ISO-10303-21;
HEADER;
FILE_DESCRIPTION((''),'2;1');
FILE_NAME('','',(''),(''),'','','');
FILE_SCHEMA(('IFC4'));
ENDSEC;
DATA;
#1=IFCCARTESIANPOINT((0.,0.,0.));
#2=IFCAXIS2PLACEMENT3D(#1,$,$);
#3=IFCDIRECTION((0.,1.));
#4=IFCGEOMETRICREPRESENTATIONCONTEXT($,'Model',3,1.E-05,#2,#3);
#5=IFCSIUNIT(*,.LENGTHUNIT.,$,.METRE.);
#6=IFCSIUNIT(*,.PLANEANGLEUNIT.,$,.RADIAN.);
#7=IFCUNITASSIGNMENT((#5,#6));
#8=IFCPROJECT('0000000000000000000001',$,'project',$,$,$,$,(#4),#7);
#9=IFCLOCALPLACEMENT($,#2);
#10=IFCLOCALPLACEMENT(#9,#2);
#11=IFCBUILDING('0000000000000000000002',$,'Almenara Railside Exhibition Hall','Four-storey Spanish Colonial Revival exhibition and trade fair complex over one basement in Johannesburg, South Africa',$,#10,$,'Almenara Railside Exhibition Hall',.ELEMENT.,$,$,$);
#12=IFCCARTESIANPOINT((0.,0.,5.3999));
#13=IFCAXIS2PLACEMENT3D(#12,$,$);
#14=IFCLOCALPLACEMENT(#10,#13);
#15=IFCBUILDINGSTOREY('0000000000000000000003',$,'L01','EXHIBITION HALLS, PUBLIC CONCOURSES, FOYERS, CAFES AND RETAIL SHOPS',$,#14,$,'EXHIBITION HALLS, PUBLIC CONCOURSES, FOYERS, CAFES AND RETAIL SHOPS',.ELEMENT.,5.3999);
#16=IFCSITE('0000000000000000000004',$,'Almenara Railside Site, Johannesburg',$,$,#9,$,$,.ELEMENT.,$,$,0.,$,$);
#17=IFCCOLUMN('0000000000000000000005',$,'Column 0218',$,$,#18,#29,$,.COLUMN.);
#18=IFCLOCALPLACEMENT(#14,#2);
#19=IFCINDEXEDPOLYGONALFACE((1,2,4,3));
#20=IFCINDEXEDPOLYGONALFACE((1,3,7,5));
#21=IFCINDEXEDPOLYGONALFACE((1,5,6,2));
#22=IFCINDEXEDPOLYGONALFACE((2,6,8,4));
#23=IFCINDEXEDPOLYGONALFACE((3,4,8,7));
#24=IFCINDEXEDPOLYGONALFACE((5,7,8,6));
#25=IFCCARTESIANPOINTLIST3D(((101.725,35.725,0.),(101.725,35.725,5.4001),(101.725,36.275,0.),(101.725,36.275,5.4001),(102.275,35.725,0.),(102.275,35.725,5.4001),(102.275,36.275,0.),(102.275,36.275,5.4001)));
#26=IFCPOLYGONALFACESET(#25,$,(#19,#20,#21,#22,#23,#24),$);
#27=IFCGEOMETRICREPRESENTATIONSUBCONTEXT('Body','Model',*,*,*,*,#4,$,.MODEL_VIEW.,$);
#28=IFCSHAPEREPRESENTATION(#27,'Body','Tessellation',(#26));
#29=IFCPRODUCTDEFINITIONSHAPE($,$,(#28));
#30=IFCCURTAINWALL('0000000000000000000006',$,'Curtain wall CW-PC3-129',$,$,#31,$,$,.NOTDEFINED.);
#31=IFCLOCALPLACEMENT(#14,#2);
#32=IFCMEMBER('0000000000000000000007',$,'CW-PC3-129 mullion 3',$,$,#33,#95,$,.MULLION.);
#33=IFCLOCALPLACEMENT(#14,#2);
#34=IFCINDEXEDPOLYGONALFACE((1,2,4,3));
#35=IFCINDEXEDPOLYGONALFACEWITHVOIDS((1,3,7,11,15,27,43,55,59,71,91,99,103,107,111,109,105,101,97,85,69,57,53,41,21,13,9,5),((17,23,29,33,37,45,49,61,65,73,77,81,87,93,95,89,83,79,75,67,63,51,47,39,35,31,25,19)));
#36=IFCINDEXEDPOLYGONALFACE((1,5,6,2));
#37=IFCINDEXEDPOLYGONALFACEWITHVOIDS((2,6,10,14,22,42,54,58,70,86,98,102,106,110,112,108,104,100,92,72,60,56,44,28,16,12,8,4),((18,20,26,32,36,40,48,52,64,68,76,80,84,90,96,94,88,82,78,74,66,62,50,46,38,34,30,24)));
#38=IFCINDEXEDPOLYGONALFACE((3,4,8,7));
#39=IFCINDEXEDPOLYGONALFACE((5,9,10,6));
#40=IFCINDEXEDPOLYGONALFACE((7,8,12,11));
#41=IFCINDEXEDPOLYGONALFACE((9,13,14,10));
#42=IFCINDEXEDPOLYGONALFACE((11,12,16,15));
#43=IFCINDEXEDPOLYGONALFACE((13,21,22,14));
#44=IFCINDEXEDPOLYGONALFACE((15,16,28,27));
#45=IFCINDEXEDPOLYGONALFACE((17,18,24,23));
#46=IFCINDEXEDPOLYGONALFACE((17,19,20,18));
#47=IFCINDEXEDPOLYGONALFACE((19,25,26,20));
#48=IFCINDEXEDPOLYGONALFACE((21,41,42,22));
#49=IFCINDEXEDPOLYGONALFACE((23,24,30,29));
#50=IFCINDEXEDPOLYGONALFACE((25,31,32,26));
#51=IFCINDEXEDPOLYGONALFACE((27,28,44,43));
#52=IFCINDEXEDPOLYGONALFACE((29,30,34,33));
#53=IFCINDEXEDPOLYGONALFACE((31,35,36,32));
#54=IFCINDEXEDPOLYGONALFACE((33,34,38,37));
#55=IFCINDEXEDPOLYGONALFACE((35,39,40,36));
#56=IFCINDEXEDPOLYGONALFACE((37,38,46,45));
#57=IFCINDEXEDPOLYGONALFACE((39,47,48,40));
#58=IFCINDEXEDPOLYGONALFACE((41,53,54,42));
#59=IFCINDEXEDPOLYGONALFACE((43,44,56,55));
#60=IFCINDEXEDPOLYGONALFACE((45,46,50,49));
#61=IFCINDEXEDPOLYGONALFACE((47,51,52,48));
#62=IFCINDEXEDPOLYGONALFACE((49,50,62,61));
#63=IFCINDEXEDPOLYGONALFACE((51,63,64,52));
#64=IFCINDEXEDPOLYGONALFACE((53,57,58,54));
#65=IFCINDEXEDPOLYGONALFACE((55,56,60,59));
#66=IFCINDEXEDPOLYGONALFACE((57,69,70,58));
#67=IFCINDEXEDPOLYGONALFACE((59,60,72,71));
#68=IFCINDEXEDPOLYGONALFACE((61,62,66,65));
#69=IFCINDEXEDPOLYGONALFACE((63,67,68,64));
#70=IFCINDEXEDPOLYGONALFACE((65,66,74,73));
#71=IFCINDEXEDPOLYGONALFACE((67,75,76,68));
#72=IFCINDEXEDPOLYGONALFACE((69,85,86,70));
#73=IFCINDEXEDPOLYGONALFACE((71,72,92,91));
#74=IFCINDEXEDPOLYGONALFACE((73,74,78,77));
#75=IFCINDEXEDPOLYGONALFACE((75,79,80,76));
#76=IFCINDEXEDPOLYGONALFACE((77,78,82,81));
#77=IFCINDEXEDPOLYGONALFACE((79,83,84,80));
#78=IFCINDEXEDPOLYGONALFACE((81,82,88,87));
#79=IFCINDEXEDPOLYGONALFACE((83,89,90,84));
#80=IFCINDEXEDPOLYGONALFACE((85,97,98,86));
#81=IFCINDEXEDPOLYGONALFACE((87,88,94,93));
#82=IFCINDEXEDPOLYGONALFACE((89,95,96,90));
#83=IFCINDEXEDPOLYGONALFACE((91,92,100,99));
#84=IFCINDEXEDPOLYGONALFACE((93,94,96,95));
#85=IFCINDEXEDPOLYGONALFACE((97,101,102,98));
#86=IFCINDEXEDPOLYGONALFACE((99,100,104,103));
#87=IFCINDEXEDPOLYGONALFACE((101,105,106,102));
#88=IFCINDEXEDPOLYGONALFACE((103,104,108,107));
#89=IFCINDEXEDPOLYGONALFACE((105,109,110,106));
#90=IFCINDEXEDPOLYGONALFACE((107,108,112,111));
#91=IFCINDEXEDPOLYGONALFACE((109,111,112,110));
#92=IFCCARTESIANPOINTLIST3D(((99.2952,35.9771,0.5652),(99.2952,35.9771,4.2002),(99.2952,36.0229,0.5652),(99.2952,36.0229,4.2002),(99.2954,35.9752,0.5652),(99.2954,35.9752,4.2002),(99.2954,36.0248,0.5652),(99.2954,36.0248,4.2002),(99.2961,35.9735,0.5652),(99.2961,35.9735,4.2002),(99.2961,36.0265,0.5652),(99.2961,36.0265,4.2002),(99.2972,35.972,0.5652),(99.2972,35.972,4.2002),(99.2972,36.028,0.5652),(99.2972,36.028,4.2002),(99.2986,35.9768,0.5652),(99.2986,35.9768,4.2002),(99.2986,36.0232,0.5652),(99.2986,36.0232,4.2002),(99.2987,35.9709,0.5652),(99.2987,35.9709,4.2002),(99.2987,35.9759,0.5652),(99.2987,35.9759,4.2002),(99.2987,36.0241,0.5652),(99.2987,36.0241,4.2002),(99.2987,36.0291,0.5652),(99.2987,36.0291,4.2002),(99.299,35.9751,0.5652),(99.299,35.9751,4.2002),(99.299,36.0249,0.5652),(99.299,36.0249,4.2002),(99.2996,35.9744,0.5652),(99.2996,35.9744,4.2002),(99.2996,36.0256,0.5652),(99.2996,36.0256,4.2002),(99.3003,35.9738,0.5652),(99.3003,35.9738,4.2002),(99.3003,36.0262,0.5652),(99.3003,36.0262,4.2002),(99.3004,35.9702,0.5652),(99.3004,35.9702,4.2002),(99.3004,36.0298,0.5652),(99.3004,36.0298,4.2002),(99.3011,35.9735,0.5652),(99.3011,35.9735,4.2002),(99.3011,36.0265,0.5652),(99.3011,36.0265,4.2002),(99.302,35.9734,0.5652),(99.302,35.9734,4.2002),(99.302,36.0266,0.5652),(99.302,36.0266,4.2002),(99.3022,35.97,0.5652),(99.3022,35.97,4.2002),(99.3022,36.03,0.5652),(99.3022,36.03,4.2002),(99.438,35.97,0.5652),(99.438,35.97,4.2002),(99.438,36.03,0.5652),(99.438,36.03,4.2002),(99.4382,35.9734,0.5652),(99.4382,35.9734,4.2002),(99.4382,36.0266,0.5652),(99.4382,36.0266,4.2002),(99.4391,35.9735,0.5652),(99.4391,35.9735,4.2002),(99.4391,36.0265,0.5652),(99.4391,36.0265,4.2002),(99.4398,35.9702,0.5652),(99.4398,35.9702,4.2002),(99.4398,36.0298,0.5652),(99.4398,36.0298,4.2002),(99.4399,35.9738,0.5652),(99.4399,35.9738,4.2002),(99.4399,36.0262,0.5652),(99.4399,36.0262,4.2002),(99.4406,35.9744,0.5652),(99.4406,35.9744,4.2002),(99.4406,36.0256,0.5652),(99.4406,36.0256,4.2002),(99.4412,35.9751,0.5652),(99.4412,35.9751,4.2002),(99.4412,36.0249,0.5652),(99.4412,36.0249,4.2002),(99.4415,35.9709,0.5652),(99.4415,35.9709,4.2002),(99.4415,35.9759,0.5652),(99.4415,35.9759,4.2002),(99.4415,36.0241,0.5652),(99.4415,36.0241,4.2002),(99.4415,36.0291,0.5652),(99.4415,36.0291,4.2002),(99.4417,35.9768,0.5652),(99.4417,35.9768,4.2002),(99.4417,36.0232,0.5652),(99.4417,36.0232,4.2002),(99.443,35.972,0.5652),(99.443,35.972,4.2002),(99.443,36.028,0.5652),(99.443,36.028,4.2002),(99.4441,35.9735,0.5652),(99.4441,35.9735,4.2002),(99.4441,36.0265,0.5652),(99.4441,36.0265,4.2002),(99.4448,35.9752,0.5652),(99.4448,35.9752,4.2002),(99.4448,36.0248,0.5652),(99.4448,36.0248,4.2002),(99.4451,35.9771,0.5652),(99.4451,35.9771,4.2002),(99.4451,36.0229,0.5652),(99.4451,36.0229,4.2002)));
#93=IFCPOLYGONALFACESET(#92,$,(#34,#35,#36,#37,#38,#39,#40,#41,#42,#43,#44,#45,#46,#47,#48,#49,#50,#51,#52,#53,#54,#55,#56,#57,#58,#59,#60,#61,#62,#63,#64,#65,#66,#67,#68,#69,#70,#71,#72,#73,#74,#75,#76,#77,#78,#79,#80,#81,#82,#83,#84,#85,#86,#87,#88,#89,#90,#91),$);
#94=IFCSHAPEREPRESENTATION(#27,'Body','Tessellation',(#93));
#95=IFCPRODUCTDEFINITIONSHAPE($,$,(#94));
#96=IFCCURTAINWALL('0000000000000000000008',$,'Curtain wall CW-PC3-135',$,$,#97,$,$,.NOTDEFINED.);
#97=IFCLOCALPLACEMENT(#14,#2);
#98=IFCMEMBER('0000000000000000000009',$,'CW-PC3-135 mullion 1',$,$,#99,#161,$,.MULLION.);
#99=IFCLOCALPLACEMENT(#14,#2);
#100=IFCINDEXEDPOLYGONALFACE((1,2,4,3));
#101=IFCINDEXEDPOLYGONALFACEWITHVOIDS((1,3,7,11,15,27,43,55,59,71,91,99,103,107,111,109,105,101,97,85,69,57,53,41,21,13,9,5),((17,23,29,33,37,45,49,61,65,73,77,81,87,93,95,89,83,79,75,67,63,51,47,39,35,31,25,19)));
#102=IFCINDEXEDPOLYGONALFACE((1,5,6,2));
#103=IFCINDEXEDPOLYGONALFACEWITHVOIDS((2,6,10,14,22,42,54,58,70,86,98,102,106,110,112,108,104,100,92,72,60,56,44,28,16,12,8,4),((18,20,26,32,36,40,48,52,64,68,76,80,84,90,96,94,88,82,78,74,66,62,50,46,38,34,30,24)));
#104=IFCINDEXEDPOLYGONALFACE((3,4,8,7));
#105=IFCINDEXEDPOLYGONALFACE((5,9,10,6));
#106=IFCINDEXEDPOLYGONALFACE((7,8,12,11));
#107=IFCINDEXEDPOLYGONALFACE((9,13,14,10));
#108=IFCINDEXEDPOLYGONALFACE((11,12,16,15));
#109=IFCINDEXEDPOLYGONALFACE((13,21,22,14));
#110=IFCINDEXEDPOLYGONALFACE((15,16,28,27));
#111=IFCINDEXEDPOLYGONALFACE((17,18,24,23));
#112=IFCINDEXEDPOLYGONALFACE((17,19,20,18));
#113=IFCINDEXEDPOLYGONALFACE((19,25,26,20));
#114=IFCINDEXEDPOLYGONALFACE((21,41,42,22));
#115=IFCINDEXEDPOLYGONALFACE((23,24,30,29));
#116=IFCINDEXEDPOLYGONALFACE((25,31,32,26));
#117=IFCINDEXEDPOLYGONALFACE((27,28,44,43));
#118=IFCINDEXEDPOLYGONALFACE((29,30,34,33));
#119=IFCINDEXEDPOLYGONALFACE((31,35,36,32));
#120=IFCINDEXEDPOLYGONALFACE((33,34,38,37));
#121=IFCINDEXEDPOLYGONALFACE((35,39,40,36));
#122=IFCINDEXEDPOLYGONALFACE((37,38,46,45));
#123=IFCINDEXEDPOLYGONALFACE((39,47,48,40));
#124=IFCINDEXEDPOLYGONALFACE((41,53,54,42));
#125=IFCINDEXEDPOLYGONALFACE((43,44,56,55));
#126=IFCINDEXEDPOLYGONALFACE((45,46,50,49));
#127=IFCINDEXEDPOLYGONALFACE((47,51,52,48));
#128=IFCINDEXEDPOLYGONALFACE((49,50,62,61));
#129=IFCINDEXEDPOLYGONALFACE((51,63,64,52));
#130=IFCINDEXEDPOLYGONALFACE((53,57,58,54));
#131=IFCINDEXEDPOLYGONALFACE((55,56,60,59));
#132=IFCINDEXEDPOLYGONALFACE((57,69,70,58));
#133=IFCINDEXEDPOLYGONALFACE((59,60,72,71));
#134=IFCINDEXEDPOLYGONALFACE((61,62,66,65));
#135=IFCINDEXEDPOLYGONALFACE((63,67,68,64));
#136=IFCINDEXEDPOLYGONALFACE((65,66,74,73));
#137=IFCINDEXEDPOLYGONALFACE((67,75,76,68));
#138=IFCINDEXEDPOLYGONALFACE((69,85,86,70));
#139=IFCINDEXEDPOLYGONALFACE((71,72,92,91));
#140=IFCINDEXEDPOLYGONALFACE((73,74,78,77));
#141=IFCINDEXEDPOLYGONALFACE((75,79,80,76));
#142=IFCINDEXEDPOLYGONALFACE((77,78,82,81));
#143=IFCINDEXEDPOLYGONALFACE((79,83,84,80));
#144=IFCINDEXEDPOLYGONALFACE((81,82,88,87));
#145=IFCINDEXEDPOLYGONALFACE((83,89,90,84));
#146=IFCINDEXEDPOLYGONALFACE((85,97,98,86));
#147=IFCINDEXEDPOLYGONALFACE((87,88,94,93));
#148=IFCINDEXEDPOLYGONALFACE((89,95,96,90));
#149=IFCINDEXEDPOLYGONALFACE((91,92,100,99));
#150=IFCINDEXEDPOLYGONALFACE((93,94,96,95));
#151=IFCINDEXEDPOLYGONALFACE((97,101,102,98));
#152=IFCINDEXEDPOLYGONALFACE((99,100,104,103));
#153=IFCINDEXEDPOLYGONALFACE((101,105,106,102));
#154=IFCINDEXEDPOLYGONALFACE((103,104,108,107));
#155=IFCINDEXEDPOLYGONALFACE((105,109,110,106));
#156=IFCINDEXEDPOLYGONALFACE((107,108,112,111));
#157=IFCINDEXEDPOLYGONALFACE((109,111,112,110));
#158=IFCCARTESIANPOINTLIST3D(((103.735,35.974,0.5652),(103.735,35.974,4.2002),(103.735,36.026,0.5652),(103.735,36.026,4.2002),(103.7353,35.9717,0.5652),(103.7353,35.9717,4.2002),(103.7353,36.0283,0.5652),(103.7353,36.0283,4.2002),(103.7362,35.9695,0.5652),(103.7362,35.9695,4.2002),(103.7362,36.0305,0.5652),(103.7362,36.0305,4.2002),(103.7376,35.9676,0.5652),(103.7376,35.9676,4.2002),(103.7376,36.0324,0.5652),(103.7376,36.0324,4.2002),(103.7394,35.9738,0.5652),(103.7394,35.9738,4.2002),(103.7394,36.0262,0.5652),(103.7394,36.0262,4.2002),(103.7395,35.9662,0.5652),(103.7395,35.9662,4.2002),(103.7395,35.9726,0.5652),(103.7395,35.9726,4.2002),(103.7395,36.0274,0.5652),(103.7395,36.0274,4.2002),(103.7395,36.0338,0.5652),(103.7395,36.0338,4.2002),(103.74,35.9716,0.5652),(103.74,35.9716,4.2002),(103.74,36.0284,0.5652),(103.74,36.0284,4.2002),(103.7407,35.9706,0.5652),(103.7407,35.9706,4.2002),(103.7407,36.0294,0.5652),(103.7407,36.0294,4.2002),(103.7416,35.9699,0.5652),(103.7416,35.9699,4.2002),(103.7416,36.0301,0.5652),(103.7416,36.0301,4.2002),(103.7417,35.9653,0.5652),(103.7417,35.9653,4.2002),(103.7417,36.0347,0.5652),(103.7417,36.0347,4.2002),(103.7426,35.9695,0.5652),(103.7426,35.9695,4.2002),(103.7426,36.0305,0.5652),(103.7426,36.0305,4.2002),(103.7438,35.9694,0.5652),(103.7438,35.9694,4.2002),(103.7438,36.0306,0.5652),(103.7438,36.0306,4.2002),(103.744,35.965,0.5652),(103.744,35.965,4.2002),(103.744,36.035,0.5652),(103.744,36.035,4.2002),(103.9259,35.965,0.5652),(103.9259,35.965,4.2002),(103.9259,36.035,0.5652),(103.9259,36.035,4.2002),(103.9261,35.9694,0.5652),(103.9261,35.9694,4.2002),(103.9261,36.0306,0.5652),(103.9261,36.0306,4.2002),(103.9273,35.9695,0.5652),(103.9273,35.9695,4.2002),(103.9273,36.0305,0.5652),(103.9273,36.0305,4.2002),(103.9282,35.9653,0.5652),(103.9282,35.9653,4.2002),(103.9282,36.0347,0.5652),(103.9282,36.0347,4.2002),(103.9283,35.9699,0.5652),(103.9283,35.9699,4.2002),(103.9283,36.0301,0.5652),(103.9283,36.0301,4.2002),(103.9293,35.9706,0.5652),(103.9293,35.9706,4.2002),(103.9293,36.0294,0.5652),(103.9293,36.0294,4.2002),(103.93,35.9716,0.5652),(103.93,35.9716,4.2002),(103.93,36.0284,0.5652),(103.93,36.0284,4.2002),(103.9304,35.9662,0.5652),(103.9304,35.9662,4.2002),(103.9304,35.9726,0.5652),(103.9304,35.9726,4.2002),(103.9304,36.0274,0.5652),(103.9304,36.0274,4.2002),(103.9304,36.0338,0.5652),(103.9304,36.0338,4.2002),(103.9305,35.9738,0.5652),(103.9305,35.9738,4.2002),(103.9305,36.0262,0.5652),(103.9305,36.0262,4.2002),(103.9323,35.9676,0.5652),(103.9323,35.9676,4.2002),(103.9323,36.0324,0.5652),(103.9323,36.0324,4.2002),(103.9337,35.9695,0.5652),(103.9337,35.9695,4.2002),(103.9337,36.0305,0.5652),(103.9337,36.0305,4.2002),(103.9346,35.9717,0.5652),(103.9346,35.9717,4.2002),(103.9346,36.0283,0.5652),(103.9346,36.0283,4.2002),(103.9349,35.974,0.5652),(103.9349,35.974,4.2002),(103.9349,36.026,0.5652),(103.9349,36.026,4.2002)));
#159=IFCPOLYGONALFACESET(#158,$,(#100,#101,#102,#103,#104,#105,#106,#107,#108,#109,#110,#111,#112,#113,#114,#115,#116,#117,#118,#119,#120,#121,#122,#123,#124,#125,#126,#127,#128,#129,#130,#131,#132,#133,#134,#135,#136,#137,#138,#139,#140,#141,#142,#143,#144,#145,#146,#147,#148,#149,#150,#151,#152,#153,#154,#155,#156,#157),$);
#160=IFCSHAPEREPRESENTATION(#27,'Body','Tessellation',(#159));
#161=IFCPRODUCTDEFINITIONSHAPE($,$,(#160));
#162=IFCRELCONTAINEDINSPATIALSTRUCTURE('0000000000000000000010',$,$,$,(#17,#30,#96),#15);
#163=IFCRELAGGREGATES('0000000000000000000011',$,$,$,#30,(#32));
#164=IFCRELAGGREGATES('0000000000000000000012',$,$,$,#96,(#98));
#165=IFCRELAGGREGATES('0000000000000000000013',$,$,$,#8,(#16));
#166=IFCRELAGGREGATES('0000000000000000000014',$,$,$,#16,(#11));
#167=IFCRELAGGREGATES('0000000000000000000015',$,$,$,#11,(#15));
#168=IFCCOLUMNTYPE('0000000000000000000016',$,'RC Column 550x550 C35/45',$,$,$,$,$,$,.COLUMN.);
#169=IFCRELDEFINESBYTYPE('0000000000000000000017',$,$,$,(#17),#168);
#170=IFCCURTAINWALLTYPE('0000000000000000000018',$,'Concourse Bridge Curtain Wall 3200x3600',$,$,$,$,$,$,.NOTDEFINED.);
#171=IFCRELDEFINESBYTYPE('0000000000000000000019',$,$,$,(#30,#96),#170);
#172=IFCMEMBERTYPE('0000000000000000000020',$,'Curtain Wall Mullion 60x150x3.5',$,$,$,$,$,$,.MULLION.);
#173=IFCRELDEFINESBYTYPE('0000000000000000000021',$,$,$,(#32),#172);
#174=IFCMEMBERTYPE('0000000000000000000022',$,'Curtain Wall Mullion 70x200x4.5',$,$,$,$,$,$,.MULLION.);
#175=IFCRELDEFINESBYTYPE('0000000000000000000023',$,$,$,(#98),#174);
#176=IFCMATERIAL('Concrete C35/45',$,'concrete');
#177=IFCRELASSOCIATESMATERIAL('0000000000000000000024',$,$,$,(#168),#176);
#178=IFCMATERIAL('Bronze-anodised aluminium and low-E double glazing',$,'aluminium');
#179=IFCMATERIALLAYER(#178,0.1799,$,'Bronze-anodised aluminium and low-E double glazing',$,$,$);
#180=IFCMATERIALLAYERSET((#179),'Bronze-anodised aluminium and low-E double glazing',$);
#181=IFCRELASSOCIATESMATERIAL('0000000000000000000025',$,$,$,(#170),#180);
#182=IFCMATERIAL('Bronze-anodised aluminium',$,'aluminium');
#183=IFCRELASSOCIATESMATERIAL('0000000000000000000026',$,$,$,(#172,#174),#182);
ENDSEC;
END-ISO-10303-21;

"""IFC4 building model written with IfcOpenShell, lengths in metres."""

from ifc_helpers import new_model, si_unit, direction, frame, origin, origin_2d, place, context, subcontext, project, spatial, rectangle, hollow_rectangle, extrude, material, layer, layer_set, material_profile, profile_set, type_object, element, aggregate, save


model = new_model("IFC4")

# Units and contexts
model_context = context("Model", 3, precision=1e-05, world=origin(), true_north=direction((0.0, 1.0)))
body_context = subcontext(model_context, "Body", "Model", "MODEL_VIEW")
ifc_project = project(units=[si_unit("LENGTHUNIT", "METRE"), si_unit("PLANEANGLEUNIT", "RADIAN")], contexts=[model_context])

# Site, building, storey
site_placement = place(None, origin())
site = spatial("IfcSite", under=ifc_project, at=site_placement, Name="Almenara Railside Site, Johannesburg", CompositionType="ELEMENT", RefElevation=0.0)
building_placement = place(site_placement, origin())
building = spatial("IfcBuilding", under=site, at=building_placement, Name="Almenara Railside Exhibition Hall", Description="Four-storey Spanish Colonial Revival exhibition and trade fair complex over one basement in Johannesburg, South Africa", LongName="Almenara Railside Exhibition Hall", CompositionType="ELEMENT")
storey_placement = place(building_placement, frame((0.0, 0.0, 5.3999)))
storey = spatial("IfcBuildingStorey", under=building, at=storey_placement, Name="L01", Description="EXHIBITION HALLS, PUBLIC CONCOURSES, FOYERS, CAFES AND RETAIL SHOPS", LongName="EXHIBITION HALLS, PUBLIC CONCOURSES, FOYERS, CAFES AND RETAIL SHOPS", CompositionType="ELEMENT", Elevation=5.3999)

# Column
ifc_material_1 = material(Name="Concrete C35/45", Category="concrete")
ifc_material_profile_1 = material_profile(ifc_material_1, rectangle(XDim=0.55, YDim=0.55, at=origin_2d()), Name="RC 550x550")
ifc_profile_set_1 = profile_set([ifc_material_profile_1], Name="Concrete C35/45")
column_type = type_object("IfcColumnType", Name="RC Column 550x550 C35/45", PredefinedType="COLUMN", material=ifc_profile_set_1)
column_placement = place(storey_placement, frame((102.0, 36.0, 0.0), z_axis=(0.0, 0.0, 1.0), x_axis=(1.0, 0.0, 0.0)))
element("IfcColumn", 1, at=column_placement, inside=storey, type_object=column_type, Name="Column 0218", PredefinedType="COLUMN", context=body_context, shape_type="SweptSolid", body=[
    extrude(rectangle(XDim=0.55, YDim=0.55, at=origin_2d()), origin(), (0.0, 0.0, 1.0), 5.4001),
])

# Curtain wall, member
ifc_material_2 = material(Name="Bronze-anodised aluminium and low-E double glazing", Category="aluminium")
ifc_layer_1 = layer(ifc_material_2, 0.1799, Name="Bronze-anodised aluminium and low-E double glazing")
ifc_layer_set_1 = layer_set([ifc_layer_1], Name="Bronze-anodised aluminium and low-E double glazing")
curtain_wall_type = type_object("IfcCurtainWallType", Name="Concourse Bridge Curtain Wall 3200x3600", PredefinedType="NOTDEFINED", material=ifc_layer_set_1)
curtain_wall_1_placement = place(storey_placement, origin())
curtain_wall_1 = element("IfcCurtainWall", 2, at=curtain_wall_1_placement, inside=storey, type_object=curtain_wall_type, Name="Curtain wall CW-PC3-129", PredefinedType="NOTDEFINED")
ifc_material_3 = material(Name="Bronze-anodised aluminium", Category="aluminium")
ifc_material_profile_2 = material_profile(ifc_material_3, hollow_rectangle(XDim=0.0601, YDim=0.1499, WallThickness=0.0034, InnerFilletRadius=0.0034, OuterFilletRadius=0.0071, at=origin_2d()), Name="ALU-MUL 60x150x3.5")
ifc_profile_set_2 = profile_set([ifc_material_profile_2], Name="Bronze-anodised aluminium")
member_type_1 = type_object("IfcMemberType", Name="Curtain Wall Mullion 60x150x3.5", PredefinedType="MULLION", material=ifc_profile_set_2)
member_1_placement = place(storey_placement, frame((99.3701, 36.0, 0.5652), z_axis=(0.0, 0.0, 1.0), x_axis=(0.0, 1.0, 0.0)))
member_1 = element("IfcMember", 3, at=member_1_placement, type_object=member_type_1, Name="CW-PC3-129 mullion 3", PredefinedType="MULLION", context=body_context, shape_type="SweptSolid", body=[
    extrude(hollow_rectangle(XDim=0.0601, YDim=0.1499, WallThickness=0.0034, InnerFilletRadius=0.0034, OuterFilletRadius=0.0071, at=origin_2d()), origin(), (0.0, 0.0, 1.0), 3.635),
])
aggregate(curtain_wall_1, [member_1])

# Curtain wall, member
curtain_wall_2_placement = place(storey_placement, origin())
curtain_wall_2 = element("IfcCurtainWall", 4, at=curtain_wall_2_placement, inside=storey, type_object=curtain_wall_type, Name="Curtain wall CW-PC3-135", PredefinedType="NOTDEFINED")
ifc_material_profile_3 = material_profile(ifc_material_3, hollow_rectangle(XDim=0.0701, YDim=0.2, WallThickness=0.0044, InnerFilletRadius=0.0044, OuterFilletRadius=0.009, at=origin_2d()), Name="ALU-MUL 70x200x4.5")
ifc_profile_set_3 = profile_set([ifc_material_profile_3], Name="Bronze-anodised aluminium")
member_type_2 = type_object("IfcMemberType", Name="Curtain Wall Mullion 70x200x4.5", PredefinedType="MULLION", material=ifc_profile_set_3)
member_2_placement = place(storey_placement, frame((103.835, 36.0, 0.5652), z_axis=(0.0, 0.0, 1.0), x_axis=(0.0, 1.0, 0.0)))
member_2 = element("IfcMember", 5, at=member_2_placement, type_object=member_type_2, Name="CW-PC3-135 mullion 1", PredefinedType="MULLION", context=body_context, shape_type="SweptSolid", body=[
    extrude(hollow_rectangle(XDim=0.0701, YDim=0.2, WallThickness=0.0044, InnerFilletRadius=0.0044, OuterFilletRadius=0.009, at=origin_2d()), origin(), (0.0, 0.0, 1.0), 3.635),
])

aggregate(curtain_wall_2, [member_2])

save(model, "model.ifc")
